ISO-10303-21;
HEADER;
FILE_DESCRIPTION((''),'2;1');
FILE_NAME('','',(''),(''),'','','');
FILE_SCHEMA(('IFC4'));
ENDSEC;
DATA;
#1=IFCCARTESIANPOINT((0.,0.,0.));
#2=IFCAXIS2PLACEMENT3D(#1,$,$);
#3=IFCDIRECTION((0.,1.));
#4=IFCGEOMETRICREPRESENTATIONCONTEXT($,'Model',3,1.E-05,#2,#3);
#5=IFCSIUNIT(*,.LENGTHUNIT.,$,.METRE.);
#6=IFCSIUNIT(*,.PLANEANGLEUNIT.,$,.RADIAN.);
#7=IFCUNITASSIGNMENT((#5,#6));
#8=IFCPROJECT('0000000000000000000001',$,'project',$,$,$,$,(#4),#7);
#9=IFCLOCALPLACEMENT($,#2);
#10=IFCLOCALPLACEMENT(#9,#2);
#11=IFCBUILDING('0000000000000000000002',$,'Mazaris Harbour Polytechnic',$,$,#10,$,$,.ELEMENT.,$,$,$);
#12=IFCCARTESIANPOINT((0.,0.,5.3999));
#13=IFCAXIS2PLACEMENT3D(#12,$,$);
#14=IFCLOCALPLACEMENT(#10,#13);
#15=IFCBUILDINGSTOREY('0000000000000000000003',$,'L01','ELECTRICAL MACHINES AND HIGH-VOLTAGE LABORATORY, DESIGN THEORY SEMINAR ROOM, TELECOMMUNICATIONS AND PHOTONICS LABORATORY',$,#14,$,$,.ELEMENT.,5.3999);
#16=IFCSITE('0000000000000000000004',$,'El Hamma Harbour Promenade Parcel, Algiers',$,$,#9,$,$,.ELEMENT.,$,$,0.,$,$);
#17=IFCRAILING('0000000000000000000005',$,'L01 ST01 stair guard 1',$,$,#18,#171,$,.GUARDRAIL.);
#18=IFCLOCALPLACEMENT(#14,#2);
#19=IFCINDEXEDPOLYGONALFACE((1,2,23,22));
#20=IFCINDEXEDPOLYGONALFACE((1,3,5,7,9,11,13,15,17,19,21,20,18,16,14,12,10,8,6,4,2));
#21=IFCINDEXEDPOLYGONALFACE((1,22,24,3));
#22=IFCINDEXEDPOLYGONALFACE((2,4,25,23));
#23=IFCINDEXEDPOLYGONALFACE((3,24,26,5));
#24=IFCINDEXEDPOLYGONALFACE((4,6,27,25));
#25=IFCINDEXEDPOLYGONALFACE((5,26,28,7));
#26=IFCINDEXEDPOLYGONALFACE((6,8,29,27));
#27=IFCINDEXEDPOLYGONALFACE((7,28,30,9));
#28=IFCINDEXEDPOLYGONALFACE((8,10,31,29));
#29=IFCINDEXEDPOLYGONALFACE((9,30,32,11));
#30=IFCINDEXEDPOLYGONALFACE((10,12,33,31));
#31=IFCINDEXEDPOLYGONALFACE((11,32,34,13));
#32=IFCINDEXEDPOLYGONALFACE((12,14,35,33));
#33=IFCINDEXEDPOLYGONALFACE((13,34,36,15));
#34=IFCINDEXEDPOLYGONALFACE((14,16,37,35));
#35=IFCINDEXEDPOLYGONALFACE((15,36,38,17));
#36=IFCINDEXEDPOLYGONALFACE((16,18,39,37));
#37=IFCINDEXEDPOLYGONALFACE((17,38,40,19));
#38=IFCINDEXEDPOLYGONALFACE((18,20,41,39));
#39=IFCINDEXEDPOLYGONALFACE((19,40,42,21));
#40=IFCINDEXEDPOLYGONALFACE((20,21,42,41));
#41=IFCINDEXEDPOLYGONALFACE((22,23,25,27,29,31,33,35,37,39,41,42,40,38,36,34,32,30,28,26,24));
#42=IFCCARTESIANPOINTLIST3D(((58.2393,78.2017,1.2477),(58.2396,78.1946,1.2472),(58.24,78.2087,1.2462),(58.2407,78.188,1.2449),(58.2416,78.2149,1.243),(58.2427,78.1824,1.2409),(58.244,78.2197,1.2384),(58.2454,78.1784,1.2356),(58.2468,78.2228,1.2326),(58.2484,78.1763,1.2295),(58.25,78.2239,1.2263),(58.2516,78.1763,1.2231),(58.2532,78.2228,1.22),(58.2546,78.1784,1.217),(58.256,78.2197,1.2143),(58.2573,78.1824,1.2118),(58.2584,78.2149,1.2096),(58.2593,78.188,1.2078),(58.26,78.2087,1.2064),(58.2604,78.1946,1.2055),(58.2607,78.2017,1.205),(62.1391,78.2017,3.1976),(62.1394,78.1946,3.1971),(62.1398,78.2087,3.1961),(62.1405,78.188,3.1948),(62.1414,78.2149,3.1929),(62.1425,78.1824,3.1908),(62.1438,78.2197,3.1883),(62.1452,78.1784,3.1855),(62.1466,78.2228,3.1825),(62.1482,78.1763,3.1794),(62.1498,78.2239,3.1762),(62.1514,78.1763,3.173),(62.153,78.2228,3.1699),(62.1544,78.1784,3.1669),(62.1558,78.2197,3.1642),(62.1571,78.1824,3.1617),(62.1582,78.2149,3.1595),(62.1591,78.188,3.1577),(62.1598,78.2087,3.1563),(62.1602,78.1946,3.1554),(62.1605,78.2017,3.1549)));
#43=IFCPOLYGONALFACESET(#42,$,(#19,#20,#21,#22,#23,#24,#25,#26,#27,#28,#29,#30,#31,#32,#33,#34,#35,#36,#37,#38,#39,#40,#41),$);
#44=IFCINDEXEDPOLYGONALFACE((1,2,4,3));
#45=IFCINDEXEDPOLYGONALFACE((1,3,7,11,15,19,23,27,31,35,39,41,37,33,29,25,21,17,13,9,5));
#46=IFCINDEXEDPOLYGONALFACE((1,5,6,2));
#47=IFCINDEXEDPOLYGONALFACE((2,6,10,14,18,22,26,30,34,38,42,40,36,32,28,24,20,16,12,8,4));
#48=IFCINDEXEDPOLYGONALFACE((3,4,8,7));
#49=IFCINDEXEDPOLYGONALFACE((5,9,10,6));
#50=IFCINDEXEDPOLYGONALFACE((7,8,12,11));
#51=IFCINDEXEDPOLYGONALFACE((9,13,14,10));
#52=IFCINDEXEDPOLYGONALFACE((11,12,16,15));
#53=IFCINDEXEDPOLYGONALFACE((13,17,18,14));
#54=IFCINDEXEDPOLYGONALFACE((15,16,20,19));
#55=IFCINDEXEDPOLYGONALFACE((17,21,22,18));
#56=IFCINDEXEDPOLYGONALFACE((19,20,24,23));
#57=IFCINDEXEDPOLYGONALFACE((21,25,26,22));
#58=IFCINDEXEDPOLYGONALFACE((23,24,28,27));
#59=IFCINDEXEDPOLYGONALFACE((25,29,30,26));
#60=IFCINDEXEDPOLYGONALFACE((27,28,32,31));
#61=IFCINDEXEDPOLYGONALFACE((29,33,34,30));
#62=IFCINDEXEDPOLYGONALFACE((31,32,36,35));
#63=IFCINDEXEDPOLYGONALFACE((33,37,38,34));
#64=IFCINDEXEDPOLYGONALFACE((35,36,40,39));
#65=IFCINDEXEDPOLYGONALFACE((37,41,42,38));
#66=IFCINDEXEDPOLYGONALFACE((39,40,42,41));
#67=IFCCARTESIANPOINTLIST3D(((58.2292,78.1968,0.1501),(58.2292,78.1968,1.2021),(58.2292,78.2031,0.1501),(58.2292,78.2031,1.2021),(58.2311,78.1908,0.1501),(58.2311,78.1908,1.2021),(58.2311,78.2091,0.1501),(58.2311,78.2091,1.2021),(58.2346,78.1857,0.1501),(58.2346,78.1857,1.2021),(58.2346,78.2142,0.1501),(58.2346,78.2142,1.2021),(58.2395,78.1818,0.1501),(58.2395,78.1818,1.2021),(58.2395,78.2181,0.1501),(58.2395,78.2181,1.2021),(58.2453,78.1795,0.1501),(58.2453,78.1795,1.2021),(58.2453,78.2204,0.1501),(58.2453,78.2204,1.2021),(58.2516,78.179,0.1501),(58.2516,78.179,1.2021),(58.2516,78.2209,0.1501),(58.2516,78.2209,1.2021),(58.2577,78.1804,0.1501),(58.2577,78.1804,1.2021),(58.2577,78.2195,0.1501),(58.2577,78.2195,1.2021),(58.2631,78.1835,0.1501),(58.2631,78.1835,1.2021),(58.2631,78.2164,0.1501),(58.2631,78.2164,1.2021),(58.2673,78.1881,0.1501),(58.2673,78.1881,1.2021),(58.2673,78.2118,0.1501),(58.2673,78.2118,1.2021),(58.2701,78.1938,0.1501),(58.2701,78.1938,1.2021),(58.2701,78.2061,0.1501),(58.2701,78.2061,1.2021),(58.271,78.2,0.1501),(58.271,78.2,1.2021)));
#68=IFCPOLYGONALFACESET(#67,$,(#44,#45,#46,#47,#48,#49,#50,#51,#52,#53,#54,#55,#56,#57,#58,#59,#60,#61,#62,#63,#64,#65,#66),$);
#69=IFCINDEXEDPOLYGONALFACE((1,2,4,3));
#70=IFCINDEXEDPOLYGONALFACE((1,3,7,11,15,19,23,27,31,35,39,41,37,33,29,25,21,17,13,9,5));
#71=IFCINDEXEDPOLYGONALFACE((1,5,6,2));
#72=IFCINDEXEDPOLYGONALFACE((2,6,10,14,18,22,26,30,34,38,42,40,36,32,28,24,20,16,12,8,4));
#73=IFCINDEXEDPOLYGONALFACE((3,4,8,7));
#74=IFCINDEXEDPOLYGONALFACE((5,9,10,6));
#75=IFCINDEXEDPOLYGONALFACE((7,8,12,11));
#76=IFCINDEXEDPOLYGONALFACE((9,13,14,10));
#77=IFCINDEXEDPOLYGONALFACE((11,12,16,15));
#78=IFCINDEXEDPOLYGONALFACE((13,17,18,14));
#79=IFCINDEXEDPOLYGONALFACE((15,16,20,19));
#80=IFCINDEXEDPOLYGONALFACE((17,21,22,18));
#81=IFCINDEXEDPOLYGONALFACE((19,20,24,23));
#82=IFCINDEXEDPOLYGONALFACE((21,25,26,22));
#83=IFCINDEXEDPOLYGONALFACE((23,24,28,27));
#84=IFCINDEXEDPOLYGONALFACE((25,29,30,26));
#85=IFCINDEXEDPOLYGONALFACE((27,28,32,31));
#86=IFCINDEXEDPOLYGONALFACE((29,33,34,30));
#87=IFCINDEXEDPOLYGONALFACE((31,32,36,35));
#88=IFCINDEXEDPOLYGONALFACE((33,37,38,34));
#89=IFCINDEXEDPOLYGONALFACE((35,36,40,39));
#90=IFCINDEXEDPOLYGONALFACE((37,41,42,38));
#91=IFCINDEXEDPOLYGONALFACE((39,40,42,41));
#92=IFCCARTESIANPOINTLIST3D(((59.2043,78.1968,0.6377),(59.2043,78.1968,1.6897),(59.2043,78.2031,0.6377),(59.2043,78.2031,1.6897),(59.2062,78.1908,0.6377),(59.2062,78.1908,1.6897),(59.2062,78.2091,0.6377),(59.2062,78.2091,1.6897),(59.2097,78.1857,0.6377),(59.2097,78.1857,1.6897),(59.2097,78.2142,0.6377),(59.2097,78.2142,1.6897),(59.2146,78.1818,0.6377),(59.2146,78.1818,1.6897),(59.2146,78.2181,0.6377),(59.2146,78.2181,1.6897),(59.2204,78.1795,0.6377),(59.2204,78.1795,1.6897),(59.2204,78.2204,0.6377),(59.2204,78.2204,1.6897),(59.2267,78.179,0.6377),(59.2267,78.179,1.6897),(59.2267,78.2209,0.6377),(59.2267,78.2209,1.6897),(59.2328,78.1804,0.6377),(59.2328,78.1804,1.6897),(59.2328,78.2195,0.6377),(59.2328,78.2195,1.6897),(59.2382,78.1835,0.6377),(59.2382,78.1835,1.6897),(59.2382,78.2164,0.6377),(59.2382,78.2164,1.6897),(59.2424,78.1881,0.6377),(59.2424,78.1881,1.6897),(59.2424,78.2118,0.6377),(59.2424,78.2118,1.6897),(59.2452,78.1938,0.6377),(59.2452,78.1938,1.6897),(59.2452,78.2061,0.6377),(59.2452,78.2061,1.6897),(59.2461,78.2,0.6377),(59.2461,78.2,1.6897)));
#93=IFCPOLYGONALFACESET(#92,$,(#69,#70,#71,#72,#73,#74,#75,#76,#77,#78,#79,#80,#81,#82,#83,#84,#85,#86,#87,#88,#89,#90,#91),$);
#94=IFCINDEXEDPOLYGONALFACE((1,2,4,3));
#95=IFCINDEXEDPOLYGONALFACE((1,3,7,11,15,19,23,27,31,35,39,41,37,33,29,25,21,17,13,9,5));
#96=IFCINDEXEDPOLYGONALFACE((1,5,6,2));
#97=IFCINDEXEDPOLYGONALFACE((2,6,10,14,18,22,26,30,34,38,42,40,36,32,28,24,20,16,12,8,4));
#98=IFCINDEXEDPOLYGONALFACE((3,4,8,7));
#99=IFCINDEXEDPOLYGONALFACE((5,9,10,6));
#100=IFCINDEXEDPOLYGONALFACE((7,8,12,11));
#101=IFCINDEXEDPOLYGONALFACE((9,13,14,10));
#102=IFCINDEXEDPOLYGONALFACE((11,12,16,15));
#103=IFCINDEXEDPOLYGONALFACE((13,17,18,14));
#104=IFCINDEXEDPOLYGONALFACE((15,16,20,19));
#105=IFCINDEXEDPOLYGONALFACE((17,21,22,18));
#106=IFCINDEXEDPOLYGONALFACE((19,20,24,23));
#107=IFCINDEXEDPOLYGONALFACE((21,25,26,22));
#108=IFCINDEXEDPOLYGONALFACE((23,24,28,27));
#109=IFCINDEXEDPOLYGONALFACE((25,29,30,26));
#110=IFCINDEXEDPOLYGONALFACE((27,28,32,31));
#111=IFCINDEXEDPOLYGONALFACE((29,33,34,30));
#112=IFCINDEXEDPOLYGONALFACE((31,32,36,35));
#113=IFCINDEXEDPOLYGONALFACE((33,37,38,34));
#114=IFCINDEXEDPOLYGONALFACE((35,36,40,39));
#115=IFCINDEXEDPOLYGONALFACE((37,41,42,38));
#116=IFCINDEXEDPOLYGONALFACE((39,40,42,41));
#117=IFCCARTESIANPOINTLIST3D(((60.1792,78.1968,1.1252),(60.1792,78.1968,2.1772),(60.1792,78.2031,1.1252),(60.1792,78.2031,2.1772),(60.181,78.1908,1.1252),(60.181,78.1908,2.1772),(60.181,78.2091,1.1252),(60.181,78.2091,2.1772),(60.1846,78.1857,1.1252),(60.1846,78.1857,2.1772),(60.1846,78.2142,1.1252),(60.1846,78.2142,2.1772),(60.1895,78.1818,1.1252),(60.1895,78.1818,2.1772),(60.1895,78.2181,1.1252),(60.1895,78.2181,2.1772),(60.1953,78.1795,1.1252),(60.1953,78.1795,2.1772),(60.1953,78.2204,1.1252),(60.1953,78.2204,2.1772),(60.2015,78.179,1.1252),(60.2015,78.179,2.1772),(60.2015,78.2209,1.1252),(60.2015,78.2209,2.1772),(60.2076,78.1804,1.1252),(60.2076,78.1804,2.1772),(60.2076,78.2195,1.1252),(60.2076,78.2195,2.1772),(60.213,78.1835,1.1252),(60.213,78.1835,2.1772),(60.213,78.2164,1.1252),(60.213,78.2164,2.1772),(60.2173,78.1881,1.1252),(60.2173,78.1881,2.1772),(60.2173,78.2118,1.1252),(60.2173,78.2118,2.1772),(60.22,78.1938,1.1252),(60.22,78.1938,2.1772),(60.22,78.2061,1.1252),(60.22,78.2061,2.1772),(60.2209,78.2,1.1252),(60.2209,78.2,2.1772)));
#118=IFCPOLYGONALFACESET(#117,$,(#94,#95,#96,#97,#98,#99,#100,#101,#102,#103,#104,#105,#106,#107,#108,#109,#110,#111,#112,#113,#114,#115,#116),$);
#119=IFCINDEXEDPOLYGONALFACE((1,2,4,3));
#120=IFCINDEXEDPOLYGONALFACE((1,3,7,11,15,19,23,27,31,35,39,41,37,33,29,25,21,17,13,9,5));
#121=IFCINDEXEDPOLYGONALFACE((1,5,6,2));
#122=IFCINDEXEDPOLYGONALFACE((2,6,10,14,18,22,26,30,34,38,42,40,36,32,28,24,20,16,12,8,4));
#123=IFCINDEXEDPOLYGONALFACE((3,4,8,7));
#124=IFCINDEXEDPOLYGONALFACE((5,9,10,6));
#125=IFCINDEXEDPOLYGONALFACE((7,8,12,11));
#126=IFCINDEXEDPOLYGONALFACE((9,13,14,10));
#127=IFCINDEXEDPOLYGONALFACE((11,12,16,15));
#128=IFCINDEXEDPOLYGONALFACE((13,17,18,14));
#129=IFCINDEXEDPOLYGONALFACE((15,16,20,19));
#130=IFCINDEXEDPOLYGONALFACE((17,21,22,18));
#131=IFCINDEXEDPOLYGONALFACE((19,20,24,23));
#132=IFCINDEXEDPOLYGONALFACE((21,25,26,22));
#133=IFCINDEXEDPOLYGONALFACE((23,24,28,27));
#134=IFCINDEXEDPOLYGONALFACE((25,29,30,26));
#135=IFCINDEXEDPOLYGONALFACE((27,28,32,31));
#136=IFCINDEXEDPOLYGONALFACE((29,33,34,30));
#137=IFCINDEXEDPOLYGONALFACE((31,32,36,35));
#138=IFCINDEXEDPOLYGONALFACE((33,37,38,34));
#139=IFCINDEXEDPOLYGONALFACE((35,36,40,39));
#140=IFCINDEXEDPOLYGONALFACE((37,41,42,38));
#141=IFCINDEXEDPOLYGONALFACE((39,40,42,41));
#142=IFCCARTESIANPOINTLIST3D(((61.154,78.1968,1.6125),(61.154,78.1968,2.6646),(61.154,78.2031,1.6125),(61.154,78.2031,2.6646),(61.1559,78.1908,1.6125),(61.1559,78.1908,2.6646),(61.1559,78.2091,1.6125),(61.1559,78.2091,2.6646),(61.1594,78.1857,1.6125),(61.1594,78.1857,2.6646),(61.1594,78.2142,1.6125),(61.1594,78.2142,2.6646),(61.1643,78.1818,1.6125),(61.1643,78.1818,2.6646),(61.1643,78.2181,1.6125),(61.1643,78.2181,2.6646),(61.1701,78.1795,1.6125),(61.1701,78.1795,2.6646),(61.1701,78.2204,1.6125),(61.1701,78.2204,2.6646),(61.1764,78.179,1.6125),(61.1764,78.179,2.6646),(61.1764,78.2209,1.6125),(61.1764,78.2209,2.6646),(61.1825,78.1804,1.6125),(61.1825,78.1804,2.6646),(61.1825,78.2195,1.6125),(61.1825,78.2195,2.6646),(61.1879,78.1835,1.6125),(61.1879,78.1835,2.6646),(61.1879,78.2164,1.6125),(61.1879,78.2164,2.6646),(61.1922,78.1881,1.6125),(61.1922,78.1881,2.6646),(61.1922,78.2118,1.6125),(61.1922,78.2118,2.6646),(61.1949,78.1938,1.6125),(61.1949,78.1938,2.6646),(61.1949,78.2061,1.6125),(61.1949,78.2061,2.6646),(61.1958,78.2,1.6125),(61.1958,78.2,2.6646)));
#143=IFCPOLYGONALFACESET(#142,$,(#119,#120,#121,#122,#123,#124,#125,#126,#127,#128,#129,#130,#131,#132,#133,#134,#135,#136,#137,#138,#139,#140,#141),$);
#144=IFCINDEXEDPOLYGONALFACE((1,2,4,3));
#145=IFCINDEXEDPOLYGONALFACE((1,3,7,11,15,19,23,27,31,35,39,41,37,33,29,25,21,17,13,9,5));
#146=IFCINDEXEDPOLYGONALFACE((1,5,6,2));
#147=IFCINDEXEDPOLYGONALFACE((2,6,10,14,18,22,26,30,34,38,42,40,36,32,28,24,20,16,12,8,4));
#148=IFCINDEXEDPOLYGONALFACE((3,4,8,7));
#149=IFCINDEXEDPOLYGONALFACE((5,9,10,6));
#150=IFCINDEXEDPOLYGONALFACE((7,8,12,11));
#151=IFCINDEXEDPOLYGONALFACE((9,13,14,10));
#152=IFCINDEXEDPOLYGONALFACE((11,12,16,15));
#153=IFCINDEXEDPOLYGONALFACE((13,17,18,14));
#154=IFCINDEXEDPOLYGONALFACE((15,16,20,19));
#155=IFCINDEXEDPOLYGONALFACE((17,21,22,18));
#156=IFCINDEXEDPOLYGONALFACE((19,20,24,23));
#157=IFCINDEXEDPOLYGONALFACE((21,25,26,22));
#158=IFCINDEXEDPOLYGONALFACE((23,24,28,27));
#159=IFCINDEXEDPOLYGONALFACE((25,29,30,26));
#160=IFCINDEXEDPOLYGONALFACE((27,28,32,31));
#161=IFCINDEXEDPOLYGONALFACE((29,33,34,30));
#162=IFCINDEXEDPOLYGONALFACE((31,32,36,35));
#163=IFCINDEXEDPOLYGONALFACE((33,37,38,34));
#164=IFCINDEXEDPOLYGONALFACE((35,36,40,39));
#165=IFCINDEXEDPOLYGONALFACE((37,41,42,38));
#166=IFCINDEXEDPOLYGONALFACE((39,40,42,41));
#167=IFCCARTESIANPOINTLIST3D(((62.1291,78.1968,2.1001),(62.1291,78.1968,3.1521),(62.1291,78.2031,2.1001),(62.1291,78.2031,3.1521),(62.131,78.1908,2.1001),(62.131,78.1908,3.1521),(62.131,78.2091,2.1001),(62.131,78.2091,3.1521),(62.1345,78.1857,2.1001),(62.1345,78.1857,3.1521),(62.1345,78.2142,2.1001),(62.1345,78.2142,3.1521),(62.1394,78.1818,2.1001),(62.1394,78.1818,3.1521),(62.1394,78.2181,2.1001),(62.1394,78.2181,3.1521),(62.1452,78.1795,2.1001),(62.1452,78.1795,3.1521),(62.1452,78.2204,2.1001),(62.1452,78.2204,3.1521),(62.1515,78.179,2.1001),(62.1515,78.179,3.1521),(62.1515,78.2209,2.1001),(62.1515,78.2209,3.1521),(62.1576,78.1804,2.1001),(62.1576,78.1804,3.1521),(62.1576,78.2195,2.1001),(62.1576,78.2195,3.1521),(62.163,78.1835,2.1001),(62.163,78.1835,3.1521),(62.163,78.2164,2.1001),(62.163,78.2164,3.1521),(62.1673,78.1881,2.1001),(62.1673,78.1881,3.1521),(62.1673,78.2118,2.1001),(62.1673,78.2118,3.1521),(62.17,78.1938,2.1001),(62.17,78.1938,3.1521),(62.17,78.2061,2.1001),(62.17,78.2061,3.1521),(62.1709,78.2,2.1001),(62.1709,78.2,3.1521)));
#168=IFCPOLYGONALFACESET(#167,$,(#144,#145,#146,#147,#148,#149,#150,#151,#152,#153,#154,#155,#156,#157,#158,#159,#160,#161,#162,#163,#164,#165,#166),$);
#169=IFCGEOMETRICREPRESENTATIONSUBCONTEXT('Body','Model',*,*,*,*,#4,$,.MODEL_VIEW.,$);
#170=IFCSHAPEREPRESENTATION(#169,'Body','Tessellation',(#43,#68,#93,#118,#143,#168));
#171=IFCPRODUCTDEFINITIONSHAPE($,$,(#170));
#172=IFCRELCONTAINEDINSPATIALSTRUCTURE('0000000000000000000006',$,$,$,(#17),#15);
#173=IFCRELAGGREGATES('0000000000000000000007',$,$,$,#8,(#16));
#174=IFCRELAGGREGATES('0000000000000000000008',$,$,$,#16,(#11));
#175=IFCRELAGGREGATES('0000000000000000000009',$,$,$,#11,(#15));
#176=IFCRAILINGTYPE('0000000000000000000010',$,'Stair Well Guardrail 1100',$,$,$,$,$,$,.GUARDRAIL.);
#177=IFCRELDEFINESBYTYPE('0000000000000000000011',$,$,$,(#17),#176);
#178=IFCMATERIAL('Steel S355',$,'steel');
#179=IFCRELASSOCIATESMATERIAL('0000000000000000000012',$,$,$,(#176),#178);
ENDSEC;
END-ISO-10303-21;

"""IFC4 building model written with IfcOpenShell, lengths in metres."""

from ifc_helpers import new_model, si_unit, direction, frame, origin, origin_2d, place, context, subcontext, project, spatial, circle, extrude, material, type_object, element, save


model = new_model("IFC4")

# Units and contexts
model_context = context("Model", 3, precision=1e-05, world=origin(), true_north=direction((0.0, 1.0)))
body_context = subcontext(model_context, "Body", "Model", "MODEL_VIEW")
ifc_project = project(units=[si_unit("LENGTHUNIT", "METRE"), si_unit("PLANEANGLEUNIT", "RADIAN")], contexts=[model_context])

# Site, building, storey
site_placement = place(None, origin())
site = spatial("IfcSite", under=ifc_project, at=site_placement, Name="El Hamma Harbour Promenade Parcel, Algiers", CompositionType="ELEMENT", RefElevation=0.0)
building_placement = place(site_placement, origin())
building = spatial("IfcBuilding", under=site, at=building_placement, Name="Mazaris Harbour Polytechnic", CompositionType="ELEMENT")
storey_placement = place(building_placement, frame((0.0, 0.0, 5.3999)))
storey = spatial("IfcBuildingStorey", under=building, at=storey_placement, Name="L01", Description="ELECTRICAL MACHINES AND HIGH-VOLTAGE LABORATORY, DESIGN THEORY SEMINAR ROOM, TELECOMMUNICATIONS AND PHOTONICS LABORATORY", CompositionType="ELEMENT", Elevation=5.3999)

# Railing
ifc_material_1 = material(Name="Steel S355", Category="steel")
railing_type_1 = type_object("IfcRailingType", Name="Stair Well Guardrail 1100", PredefinedType="GUARDRAIL", material=ifc_material_1)
railing_1_placement = place(storey_placement, frame((58.25, 78.2, 0.1501)))
element("IfcRailing", 1, at=railing_1_placement, inside=storey, type_object=railing_type_1, Name="L01 ST01 stair guard 1", PredefinedType="GUARDRAIL", context=body_context, shape_type="SweptSolid", body=[
    extrude(circle(Radius=0.0239, at=origin_2d()), frame((0.0, 0.0, 1.0762), z_axis=(0.894427, 0.0, 0.447214), x_axis=(0.0, 1.0, 0.0)), (0.0, 0.0, 1.0), 4.3601),
    extrude(circle(Radius=0.021, at=origin_2d()), origin(), (0.0, 0.0, 1.0), 1.052),
    extrude(circle(Radius=0.021, at=origin_2d()), frame((0.9751, 0.0, 0.4875)), (0.0, 0.0, 1.0), 1.052),
    extrude(circle(Radius=0.021, at=origin_2d()), frame((1.95, 0.0, 0.9751)), (0.0, 0.0, 1.0), 1.052),
    extrude(circle(Radius=0.021, at=origin_2d()), frame((2.9248, 0.0, 1.4624)), (0.0, 0.0, 1.0), 1.052),
    extrude(circle(Radius=0.021, at=origin_2d()), frame((3.8999, 0.0, 1.95)), (0.0, 0.0, 1.0), 1.052),
])

save(model, "model.ifc")
